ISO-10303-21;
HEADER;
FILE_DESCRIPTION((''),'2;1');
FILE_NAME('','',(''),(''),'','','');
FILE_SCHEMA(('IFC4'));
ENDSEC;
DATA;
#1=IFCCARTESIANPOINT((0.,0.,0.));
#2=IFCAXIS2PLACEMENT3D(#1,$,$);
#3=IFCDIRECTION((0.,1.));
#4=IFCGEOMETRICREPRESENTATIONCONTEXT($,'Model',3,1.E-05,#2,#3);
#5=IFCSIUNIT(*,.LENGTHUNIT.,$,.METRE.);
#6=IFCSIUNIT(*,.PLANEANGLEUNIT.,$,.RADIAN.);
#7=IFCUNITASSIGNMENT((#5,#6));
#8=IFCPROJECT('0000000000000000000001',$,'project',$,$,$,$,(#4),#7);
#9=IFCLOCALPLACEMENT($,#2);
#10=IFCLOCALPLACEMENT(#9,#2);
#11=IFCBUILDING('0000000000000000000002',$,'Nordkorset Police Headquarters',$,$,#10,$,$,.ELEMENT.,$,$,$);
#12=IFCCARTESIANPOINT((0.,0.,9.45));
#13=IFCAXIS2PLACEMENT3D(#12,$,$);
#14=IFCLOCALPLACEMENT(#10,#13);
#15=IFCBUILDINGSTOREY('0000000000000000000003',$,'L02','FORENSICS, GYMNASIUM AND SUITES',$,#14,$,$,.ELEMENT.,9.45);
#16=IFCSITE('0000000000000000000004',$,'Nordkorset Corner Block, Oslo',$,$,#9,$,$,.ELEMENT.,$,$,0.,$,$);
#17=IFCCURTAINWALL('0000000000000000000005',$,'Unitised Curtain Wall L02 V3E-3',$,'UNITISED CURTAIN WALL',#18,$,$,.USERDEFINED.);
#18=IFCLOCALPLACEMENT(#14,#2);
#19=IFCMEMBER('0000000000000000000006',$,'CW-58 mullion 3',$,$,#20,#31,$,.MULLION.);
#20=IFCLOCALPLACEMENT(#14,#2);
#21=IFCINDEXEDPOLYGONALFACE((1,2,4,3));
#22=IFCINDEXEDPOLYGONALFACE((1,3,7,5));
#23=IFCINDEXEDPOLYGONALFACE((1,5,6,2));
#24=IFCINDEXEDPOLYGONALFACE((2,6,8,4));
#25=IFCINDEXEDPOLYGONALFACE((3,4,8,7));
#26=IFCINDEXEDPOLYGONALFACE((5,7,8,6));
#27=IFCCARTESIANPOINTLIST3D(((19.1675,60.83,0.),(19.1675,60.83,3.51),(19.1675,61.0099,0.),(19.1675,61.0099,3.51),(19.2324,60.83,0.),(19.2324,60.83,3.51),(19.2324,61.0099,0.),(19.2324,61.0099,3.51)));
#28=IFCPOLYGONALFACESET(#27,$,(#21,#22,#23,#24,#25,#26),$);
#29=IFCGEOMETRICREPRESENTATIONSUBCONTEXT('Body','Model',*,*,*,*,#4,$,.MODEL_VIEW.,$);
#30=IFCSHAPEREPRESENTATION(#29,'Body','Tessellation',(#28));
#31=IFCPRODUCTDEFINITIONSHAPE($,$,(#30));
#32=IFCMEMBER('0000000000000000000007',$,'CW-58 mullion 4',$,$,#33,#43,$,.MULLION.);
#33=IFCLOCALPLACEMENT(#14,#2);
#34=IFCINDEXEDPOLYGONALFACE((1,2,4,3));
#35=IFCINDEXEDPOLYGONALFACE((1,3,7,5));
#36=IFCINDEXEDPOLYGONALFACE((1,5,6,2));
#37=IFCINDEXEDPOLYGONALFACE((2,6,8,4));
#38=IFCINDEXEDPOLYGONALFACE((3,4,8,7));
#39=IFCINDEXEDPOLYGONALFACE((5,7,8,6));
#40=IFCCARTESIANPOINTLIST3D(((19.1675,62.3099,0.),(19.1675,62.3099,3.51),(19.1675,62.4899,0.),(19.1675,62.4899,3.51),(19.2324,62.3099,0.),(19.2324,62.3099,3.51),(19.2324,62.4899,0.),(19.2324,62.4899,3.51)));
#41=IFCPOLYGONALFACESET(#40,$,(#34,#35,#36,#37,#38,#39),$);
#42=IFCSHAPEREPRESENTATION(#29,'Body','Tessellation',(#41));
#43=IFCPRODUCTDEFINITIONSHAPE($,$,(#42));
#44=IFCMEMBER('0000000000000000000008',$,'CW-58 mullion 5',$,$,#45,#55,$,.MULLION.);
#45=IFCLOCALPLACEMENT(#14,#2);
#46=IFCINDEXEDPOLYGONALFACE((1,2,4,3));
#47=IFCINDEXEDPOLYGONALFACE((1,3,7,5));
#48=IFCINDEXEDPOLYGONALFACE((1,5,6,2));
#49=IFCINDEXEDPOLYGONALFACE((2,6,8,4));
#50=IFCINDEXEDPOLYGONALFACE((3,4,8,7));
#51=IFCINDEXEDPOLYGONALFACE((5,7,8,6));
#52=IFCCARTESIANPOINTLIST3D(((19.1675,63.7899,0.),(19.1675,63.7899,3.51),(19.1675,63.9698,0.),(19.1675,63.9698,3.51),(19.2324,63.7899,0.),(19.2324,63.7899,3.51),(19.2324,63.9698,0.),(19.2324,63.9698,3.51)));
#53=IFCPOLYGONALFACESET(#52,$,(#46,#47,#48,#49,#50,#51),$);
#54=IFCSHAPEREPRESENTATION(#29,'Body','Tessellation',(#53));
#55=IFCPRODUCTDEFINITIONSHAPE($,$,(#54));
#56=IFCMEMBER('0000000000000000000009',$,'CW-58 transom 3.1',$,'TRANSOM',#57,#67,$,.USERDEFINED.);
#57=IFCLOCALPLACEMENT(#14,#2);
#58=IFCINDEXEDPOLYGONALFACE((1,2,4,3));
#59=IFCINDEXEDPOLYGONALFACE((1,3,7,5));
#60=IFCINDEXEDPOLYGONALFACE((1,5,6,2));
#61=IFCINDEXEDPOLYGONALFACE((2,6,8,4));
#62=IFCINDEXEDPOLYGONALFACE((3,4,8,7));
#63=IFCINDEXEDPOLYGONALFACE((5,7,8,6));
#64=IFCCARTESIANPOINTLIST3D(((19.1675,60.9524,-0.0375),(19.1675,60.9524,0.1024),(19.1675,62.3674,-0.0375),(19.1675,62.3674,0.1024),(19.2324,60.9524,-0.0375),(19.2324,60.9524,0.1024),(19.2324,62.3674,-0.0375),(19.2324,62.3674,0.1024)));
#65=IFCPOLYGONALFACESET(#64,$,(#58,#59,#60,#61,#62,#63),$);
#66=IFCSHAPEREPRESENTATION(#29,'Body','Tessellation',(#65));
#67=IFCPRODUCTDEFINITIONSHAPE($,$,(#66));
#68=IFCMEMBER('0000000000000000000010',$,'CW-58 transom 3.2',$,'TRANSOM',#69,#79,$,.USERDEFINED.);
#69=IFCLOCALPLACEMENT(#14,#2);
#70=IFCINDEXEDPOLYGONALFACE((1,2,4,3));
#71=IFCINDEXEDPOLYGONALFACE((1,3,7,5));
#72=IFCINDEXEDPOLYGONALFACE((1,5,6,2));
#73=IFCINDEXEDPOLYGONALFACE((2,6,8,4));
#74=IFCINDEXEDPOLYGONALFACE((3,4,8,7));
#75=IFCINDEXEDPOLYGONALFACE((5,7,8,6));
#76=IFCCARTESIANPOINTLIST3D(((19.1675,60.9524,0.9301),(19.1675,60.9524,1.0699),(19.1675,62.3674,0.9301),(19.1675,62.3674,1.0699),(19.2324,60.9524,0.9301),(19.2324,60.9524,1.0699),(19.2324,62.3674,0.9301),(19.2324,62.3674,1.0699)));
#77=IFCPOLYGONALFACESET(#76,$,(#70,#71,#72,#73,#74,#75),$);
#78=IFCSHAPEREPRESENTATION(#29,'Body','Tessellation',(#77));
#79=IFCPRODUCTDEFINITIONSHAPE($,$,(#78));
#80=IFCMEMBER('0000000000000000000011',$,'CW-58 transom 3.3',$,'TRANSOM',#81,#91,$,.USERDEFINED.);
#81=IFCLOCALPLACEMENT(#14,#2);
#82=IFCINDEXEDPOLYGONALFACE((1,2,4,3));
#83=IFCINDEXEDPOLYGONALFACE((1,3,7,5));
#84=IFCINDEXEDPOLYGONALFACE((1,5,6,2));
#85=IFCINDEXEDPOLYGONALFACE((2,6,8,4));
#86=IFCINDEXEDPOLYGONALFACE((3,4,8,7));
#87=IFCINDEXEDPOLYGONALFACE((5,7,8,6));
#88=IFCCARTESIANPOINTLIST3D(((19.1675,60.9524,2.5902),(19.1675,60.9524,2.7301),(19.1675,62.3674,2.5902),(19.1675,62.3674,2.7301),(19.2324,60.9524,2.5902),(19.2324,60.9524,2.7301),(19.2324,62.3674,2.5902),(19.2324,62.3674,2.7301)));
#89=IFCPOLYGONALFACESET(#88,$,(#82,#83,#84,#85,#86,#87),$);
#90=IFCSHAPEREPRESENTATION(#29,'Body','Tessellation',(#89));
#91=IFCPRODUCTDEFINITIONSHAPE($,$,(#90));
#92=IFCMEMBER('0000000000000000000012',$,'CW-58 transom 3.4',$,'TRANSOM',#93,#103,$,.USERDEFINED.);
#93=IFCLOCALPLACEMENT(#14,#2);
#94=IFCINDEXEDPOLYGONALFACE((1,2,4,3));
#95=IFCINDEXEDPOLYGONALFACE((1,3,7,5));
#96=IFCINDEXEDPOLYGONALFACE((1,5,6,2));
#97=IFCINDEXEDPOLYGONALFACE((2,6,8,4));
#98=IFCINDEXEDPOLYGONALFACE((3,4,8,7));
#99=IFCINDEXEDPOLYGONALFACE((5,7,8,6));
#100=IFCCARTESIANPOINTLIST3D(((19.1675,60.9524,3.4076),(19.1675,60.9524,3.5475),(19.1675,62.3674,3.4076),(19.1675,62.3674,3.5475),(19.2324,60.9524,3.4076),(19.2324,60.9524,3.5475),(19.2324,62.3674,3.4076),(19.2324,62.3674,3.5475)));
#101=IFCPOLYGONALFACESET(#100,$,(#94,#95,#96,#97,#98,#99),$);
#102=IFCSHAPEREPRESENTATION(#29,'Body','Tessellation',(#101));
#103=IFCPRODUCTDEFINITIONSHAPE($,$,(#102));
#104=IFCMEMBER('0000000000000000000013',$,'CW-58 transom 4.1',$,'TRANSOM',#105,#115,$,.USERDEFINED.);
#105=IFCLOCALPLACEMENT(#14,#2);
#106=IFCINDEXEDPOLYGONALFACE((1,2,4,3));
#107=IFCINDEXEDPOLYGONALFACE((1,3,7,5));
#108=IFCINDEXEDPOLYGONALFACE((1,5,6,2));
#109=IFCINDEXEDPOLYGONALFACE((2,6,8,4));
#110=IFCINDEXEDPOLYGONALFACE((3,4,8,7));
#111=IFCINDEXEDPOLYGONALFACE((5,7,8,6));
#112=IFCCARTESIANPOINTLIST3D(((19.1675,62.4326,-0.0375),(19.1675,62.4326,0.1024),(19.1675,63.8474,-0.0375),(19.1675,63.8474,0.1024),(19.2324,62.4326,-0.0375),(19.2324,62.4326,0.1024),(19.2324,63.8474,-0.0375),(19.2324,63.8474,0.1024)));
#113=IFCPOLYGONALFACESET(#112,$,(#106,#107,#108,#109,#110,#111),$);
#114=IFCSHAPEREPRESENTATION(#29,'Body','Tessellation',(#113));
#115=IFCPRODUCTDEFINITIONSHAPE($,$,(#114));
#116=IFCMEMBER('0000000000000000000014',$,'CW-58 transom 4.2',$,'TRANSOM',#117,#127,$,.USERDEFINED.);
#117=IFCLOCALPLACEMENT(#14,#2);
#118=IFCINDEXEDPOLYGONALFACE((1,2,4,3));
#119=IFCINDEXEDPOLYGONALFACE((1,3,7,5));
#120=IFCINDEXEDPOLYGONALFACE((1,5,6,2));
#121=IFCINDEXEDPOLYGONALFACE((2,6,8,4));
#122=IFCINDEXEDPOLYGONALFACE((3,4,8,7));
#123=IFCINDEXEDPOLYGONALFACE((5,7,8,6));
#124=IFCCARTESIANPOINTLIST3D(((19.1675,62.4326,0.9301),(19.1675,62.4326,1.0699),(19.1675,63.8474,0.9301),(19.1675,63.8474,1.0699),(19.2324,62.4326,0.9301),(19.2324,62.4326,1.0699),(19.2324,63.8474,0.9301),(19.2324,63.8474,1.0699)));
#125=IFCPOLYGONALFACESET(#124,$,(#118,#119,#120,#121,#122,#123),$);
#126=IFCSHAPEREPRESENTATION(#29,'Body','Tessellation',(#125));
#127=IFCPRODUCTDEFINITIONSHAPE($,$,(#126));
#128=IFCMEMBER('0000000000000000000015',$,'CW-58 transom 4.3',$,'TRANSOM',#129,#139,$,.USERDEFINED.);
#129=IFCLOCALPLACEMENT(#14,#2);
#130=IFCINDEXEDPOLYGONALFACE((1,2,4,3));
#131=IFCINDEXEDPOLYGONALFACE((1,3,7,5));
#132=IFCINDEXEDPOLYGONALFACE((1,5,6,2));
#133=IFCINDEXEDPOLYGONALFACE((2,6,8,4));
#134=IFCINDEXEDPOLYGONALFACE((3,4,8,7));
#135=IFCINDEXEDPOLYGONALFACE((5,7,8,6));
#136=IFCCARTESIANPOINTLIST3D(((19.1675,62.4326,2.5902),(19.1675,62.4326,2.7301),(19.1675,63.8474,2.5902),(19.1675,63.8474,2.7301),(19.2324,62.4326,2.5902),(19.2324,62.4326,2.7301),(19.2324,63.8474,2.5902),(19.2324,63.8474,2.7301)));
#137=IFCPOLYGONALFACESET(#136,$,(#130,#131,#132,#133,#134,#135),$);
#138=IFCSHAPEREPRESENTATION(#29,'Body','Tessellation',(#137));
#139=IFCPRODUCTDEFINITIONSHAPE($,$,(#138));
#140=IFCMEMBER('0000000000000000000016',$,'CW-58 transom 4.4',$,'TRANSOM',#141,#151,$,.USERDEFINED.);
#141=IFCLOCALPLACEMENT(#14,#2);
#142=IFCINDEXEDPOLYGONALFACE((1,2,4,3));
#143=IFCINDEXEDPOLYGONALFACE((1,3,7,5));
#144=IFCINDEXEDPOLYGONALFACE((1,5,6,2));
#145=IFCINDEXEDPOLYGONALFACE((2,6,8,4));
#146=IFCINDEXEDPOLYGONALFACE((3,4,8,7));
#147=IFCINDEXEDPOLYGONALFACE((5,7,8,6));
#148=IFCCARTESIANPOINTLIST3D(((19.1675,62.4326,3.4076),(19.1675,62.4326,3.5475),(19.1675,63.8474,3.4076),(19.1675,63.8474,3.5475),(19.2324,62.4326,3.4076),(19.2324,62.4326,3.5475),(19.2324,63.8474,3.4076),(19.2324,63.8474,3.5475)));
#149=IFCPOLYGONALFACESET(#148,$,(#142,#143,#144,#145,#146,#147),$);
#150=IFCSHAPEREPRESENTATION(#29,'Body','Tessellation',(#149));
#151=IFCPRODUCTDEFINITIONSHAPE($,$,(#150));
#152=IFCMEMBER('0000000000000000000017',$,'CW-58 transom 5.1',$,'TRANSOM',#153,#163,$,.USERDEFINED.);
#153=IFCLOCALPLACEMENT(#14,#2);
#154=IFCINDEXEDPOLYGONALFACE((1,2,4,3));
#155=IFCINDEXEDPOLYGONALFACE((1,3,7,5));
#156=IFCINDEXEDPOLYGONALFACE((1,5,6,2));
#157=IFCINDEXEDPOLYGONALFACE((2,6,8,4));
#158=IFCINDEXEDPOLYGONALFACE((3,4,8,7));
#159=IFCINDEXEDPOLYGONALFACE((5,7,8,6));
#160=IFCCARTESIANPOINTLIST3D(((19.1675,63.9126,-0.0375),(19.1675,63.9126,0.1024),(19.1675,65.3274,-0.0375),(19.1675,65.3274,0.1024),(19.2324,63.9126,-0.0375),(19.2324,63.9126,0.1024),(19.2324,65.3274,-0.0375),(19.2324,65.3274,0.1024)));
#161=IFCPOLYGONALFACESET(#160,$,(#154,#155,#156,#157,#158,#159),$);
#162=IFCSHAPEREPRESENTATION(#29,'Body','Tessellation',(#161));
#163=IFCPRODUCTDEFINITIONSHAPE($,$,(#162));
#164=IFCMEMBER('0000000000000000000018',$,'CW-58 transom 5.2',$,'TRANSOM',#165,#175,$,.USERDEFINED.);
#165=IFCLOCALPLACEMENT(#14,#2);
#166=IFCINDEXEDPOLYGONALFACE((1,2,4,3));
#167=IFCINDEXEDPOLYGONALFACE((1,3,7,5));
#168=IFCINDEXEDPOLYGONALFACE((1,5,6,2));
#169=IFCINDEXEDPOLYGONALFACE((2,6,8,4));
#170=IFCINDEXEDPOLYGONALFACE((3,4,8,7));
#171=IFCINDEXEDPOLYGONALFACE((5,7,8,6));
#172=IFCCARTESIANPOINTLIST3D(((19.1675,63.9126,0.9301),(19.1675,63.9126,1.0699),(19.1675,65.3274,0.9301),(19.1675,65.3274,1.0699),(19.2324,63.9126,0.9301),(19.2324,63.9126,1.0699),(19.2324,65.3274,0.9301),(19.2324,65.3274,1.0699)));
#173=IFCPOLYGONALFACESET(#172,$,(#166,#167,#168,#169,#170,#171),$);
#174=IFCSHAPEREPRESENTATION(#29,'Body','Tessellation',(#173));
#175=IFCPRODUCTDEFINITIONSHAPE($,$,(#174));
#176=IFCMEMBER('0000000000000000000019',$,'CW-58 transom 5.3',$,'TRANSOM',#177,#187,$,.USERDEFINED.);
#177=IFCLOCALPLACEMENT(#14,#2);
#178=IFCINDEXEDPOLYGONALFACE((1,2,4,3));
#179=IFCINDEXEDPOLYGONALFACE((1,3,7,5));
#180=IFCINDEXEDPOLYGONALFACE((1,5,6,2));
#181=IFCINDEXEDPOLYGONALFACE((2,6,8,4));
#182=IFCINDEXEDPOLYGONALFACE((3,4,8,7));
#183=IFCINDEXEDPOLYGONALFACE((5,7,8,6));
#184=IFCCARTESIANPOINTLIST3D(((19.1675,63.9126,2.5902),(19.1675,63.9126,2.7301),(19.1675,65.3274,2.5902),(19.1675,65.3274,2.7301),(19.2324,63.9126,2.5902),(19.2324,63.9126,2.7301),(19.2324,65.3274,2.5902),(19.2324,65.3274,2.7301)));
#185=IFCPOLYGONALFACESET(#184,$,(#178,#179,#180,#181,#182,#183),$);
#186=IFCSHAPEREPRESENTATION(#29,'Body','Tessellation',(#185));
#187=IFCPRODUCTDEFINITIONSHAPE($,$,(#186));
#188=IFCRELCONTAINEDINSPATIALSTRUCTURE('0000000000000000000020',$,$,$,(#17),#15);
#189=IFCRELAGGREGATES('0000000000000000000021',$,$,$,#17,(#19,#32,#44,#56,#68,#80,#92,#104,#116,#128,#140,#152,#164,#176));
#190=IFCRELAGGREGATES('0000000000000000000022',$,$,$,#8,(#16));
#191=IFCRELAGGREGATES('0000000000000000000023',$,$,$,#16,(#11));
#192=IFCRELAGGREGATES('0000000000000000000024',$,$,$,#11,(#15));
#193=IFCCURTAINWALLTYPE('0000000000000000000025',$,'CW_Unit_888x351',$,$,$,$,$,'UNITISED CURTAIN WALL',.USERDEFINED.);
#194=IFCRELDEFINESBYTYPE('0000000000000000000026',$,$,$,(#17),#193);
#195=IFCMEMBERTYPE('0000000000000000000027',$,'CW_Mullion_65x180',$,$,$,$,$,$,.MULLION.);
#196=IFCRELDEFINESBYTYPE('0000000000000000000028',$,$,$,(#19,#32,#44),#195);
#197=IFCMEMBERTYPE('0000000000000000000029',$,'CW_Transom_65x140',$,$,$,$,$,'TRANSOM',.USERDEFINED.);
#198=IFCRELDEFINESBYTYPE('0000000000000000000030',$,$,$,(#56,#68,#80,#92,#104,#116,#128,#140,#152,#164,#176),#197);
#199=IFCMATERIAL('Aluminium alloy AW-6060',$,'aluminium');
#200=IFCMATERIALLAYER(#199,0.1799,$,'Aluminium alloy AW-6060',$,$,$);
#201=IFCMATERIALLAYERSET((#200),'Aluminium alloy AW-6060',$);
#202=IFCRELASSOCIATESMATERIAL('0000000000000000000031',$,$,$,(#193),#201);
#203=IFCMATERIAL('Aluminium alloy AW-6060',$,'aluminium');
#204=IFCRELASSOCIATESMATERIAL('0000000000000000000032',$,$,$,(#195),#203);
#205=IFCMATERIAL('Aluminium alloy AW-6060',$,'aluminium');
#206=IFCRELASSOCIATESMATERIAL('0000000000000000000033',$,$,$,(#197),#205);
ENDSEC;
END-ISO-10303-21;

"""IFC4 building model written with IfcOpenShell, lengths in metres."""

from ifc_helpers import new_model, si_unit, direction, frame, origin, origin_2d, place, context, subcontext, project, spatial, rectangle, extrude, material, layer, layer_set, material_profile, profile_set, type_object, element, aggregate, save


model = new_model("IFC4")

# Units and contexts
model_context = context("Model", 3, precision=1e-05, world=origin(), true_north=direction((0.0, 1.0)))
body_context = subcontext(model_context, "Body", "Model", "MODEL_VIEW")
ifc_project = project(units=[si_unit("LENGTHUNIT", "METRE"), si_unit("PLANEANGLEUNIT", "RADIAN")], contexts=[model_context])

# Site, building, storey
site_placement = place(None, origin())
site = spatial("IfcSite", under=ifc_project, at=site_placement, Name="Nordkorset Corner Block, Oslo", CompositionType="ELEMENT", RefElevation=0.0)
building_placement = place(site_placement, origin())
building = spatial("IfcBuilding", under=site, at=building_placement, Name="Nordkorset Police Headquarters", CompositionType="ELEMENT")
storey_placement = place(building_placement, frame((0.0, 0.0, 9.45)))
storey = spatial("IfcBuildingStorey", under=building, at=storey_placement, Name="L02", Description="FORENSICS, GYMNASIUM AND SUITES", CompositionType="ELEMENT", Elevation=9.45)

# Curtain wall, members
ifc_material_1 = material(Name="Aluminium alloy AW-6060", Category="aluminium")
ifc_layer_1 = layer(ifc_material_1, 0.1799, Name="Aluminium alloy AW-6060")
ifc_layer_set_1 = layer_set([ifc_layer_1], Name="Aluminium alloy AW-6060")
curtain_wall_type = type_object("IfcCurtainWallType", Name="CW_Unit_888x351", ElementType="UNITISED CURTAIN WALL", PredefinedType="USERDEFINED", material=ifc_layer_set_1)
curtain_wall_placement = place(storey_placement, origin())
curtain_wall = element("IfcCurtainWall", 1, at=curtain_wall_placement, inside=storey, type_object=curtain_wall_type, Name="Unitised Curtain Wall L02 V3E-3", ObjectType="UNITISED CURTAIN WALL", PredefinedType="USERDEFINED")
ifc_material_2 = material(Name="Aluminium alloy AW-6060", Category="aluminium")
ifc_material_profile_1 = material_profile(ifc_material_2, rectangle(XDim=0.0649, YDim=0.1799, at=origin_2d()), Name="ALU MULL 65x180")
ifc_profile_set_1 = profile_set([ifc_material_profile_1], Name="Aluminium alloy AW-6060")
member_type_1 = type_object("IfcMemberType", Name="CW_Mullion_65x180", PredefinedType="MULLION", material=ifc_profile_set_1)
member_1_placement = place(storey_placement, frame((19.2, 60.9199, 0.0), z_axis=(0.0, 0.0, 1.0), x_axis=(-1.0, 0.0, 0.0)))
member_1 = element("IfcMember", 2, at=member_1_placement, type_object=member_type_1, Name="CW-58 mullion 3", PredefinedType="MULLION", context=body_context, shape_type="SweptSolid", body=[
    extrude(rectangle(XDim=0.0649, YDim=0.1799, at=origin_2d()), origin(), (0.0, 0.0, 1.0), 3.51),
])
member_2_placement = place(storey_placement, frame((19.2, 62.3999, 0.0), z_axis=(0.0, 0.0, 1.0), x_axis=(-1.0, 0.0, 0.0)))
member_2 = element("IfcMember", 3, at=member_2_placement, type_object=member_type_1, Name="CW-58 mullion 4", PredefinedType="MULLION", context=body_context, shape_type="SweptSolid", body=[
    extrude(rectangle(XDim=0.0649, YDim=0.1799, at=origin_2d()), origin(), (0.0, 0.0, 1.0), 3.51),
])
member_3_placement = place(storey_placement, frame((19.2, 63.8799, 0.0), z_axis=(0.0, 0.0, 1.0), x_axis=(-1.0, 0.0, 0.0)))
member_3 = element("IfcMember", 4, at=member_3_placement, type_object=member_type_1, Name="CW-58 mullion 5", PredefinedType="MULLION", context=body_context, shape_type="SweptSolid", body=[
    extrude(rectangle(XDim=0.0649, YDim=0.1799, at=origin_2d()), origin(), (0.0, 0.0, 1.0), 3.51),
])
ifc_material_3 = material(Name="Aluminium alloy AW-6060", Category="aluminium")
ifc_material_profile_2 = material_profile(ifc_material_3, rectangle(XDim=0.0649, YDim=0.1399, at=origin_2d()), Name="ALU TRAN 65x140")
ifc_profile_set_2 = profile_set([ifc_material_profile_2], Name="Aluminium alloy AW-6060")
member_type_2 = type_object("IfcMemberType", Name="CW_Transom_65x140", ElementType="TRANSOM", PredefinedType="USERDEFINED", material=ifc_profile_set_2)
member_4_placement = place(storey_placement, frame((19.2, 60.9524, 0.0325), z_axis=(0.0, 1.0, 0.0), x_axis=(-1.0, 0.0, 0.0)))
member_4 = element("IfcMember", 5, at=member_4_placement, type_object=member_type_2, Name="CW-58 transom 3.1", ObjectType="TRANSOM", PredefinedType="USERDEFINED", context=body_context, shape_type="SweptSolid", body=[
    extrude(rectangle(XDim=0.0649, YDim=0.1399, at=origin_2d()), origin(), (0.0, 0.0, 1.0), 1.415),
])
member_5_placement = place(storey_placement, frame((19.2, 60.9524, 1.0), z_axis=(0.0, 1.0, 0.0), x_axis=(-1.0, 0.0, 0.0)))
member_5 = element("IfcMember", 6, at=member_5_placement, type_object=member_type_2, Name="CW-58 transom 3.2", ObjectType="TRANSOM", PredefinedType="USERDEFINED", context=body_context, shape_type="SweptSolid", body=[
    extrude(rectangle(XDim=0.0649, YDim=0.1399, at=origin_2d()), origin(), (0.0, 0.0, 1.0), 1.415),
])
member_6_placement = place(storey_placement, frame((19.2, 60.9524, 2.6602), z_axis=(0.0, 1.0, 0.0), x_axis=(-1.0, 0.0, 0.0)))
member_6 = element("IfcMember", 7, at=member_6_placement, type_object=member_type_2, Name="CW-58 transom 3.3", ObjectType="TRANSOM", PredefinedType="USERDEFINED", context=body_context, shape_type="SweptSolid", body=[
    extrude(rectangle(XDim=0.0649, YDim=0.1399, at=origin_2d()), origin(), (0.0, 0.0, 1.0), 1.415),
])
member_7_placement = place(storey_placement, frame((19.2, 60.9524, 3.4775), z_axis=(0.0, 1.0, 0.0), x_axis=(-1.0, 0.0, 0.0)))
member_7 = element("IfcMember", 8, at=member_7_placement, type_object=member_type_2, Name="CW-58 transom 3.4", ObjectType="TRANSOM", PredefinedType="USERDEFINED", context=body_context, shape_type="SweptSolid", body=[
    extrude(rectangle(XDim=0.0649, YDim=0.1399, at=origin_2d()), origin(), (0.0, 0.0, 1.0), 1.415),
])
member_8_placement = place(storey_placement, frame((19.2, 62.4326, 0.0325), z_axis=(0.0, 1.0, 0.0), x_axis=(-1.0, 0.0, 0.0)))
member_8 = element("IfcMember", 9, at=member_8_placement, type_object=member_type_2, Name="CW-58 transom 4.1", ObjectType="TRANSOM", PredefinedType="USERDEFINED", context=body_context, shape_type="SweptSolid", body=[
    extrude(rectangle(XDim=0.0649, YDim=0.1399, at=origin_2d()), origin(), (0.0, 0.0, 1.0), 1.4148),
])
member_9_placement = place(storey_placement, frame((19.2, 62.4326, 1.0), z_axis=(0.0, 1.0, 0.0), x_axis=(-1.0, 0.0, 0.0)))
member_9 = element("IfcMember", 10, at=member_9_placement, type_object=member_type_2, Name="CW-58 transom 4.2", ObjectType="TRANSOM", PredefinedType="USERDEFINED", context=body_context, shape_type="SweptSolid", body=[
    extrude(rectangle(XDim=0.0649, YDim=0.1399, at=origin_2d()), origin(), (0.0, 0.0, 1.0), 1.4148),
])
member_10_placement = place(storey_placement, frame((19.2, 62.4326, 2.6602), z_axis=(0.0, 1.0, 0.0), x_axis=(-1.0, 0.0, 0.0)))
member_10 = element("IfcMember", 11, at=member_10_placement, type_object=member_type_2, Name="CW-58 transom 4.3", ObjectType="TRANSOM", PredefinedType="USERDEFINED", context=body_context, shape_type="SweptSolid", body=[
    extrude(rectangle(XDim=0.0649, YDim=0.1399, at=origin_2d()), origin(), (0.0, 0.0, 1.0), 1.4148),
])
member_11_placement = place(storey_placement, frame((19.2, 62.4326, 3.4775), z_axis=(0.0, 1.0, 0.0), x_axis=(-1.0, 0.0, 0.0)))
member_11 = element("IfcMember", 12, at=member_11_placement, type_object=member_type_2, Name="CW-58 transom 4.4", ObjectType="TRANSOM", PredefinedType="USERDEFINED", context=body_context, shape_type="SweptSolid", body=[
    extrude(rectangle(XDim=0.0649, YDim=0.1399, at=origin_2d()), origin(), (0.0, 0.0, 1.0), 1.4148),
])
member_12_placement = place(storey_placement, frame((19.2, 63.9126, 0.0325), z_axis=(0.0, 1.0, 0.0), x_axis=(-1.0, 0.0, 0.0)))
member_12 = element("IfcMember", 13, at=member_12_placement, type_object=member_type_2, Name="CW-58 transom 5.1", ObjectType="TRANSOM", PredefinedType="USERDEFINED", context=body_context, shape_type="SweptSolid", body=[
    extrude(rectangle(XDim=0.0649, YDim=0.1399, at=origin_2d()), origin(), (0.0, 0.0, 1.0), 1.4148),
])
member_13_placement = place(storey_placement, frame((19.2, 63.9126, 1.0), z_axis=(0.0, 1.0, 0.0), x_axis=(-1.0, 0.0, 0.0)))
member_13 = element("IfcMember", 14, at=member_13_placement, type_object=member_type_2, Name="CW-58 transom 5.2", ObjectType="TRANSOM", PredefinedType="USERDEFINED", context=body_context, shape_type="SweptSolid", body=[
    extrude(rectangle(XDim=0.0649, YDim=0.1399, at=origin_2d()), origin(), (0.0, 0.0, 1.0), 1.4148),
])
member_14_placement = place(storey_placement, frame((19.2, 63.9126, 2.6602), z_axis=(0.0, 1.0, 0.0), x_axis=(-1.0, 0.0, 0.0)))
member_14 = element("IfcMember", 15, at=member_14_placement, type_object=member_type_2, Name="CW-58 transom 5.3", ObjectType="TRANSOM", PredefinedType="USERDEFINED", context=body_context, shape_type="SweptSolid", body=[
    extrude(rectangle(XDim=0.0649, YDim=0.1399, at=origin_2d()), origin(), (0.0, 0.0, 1.0), 1.4148),
])
aggregate(curtain_wall, [member_1, member_2, member_3, member_4, member_5, member_6, member_7, member_8, member_9, member_10, member_11, member_12, member_13, member_14])

save(model, "model.ifc")
